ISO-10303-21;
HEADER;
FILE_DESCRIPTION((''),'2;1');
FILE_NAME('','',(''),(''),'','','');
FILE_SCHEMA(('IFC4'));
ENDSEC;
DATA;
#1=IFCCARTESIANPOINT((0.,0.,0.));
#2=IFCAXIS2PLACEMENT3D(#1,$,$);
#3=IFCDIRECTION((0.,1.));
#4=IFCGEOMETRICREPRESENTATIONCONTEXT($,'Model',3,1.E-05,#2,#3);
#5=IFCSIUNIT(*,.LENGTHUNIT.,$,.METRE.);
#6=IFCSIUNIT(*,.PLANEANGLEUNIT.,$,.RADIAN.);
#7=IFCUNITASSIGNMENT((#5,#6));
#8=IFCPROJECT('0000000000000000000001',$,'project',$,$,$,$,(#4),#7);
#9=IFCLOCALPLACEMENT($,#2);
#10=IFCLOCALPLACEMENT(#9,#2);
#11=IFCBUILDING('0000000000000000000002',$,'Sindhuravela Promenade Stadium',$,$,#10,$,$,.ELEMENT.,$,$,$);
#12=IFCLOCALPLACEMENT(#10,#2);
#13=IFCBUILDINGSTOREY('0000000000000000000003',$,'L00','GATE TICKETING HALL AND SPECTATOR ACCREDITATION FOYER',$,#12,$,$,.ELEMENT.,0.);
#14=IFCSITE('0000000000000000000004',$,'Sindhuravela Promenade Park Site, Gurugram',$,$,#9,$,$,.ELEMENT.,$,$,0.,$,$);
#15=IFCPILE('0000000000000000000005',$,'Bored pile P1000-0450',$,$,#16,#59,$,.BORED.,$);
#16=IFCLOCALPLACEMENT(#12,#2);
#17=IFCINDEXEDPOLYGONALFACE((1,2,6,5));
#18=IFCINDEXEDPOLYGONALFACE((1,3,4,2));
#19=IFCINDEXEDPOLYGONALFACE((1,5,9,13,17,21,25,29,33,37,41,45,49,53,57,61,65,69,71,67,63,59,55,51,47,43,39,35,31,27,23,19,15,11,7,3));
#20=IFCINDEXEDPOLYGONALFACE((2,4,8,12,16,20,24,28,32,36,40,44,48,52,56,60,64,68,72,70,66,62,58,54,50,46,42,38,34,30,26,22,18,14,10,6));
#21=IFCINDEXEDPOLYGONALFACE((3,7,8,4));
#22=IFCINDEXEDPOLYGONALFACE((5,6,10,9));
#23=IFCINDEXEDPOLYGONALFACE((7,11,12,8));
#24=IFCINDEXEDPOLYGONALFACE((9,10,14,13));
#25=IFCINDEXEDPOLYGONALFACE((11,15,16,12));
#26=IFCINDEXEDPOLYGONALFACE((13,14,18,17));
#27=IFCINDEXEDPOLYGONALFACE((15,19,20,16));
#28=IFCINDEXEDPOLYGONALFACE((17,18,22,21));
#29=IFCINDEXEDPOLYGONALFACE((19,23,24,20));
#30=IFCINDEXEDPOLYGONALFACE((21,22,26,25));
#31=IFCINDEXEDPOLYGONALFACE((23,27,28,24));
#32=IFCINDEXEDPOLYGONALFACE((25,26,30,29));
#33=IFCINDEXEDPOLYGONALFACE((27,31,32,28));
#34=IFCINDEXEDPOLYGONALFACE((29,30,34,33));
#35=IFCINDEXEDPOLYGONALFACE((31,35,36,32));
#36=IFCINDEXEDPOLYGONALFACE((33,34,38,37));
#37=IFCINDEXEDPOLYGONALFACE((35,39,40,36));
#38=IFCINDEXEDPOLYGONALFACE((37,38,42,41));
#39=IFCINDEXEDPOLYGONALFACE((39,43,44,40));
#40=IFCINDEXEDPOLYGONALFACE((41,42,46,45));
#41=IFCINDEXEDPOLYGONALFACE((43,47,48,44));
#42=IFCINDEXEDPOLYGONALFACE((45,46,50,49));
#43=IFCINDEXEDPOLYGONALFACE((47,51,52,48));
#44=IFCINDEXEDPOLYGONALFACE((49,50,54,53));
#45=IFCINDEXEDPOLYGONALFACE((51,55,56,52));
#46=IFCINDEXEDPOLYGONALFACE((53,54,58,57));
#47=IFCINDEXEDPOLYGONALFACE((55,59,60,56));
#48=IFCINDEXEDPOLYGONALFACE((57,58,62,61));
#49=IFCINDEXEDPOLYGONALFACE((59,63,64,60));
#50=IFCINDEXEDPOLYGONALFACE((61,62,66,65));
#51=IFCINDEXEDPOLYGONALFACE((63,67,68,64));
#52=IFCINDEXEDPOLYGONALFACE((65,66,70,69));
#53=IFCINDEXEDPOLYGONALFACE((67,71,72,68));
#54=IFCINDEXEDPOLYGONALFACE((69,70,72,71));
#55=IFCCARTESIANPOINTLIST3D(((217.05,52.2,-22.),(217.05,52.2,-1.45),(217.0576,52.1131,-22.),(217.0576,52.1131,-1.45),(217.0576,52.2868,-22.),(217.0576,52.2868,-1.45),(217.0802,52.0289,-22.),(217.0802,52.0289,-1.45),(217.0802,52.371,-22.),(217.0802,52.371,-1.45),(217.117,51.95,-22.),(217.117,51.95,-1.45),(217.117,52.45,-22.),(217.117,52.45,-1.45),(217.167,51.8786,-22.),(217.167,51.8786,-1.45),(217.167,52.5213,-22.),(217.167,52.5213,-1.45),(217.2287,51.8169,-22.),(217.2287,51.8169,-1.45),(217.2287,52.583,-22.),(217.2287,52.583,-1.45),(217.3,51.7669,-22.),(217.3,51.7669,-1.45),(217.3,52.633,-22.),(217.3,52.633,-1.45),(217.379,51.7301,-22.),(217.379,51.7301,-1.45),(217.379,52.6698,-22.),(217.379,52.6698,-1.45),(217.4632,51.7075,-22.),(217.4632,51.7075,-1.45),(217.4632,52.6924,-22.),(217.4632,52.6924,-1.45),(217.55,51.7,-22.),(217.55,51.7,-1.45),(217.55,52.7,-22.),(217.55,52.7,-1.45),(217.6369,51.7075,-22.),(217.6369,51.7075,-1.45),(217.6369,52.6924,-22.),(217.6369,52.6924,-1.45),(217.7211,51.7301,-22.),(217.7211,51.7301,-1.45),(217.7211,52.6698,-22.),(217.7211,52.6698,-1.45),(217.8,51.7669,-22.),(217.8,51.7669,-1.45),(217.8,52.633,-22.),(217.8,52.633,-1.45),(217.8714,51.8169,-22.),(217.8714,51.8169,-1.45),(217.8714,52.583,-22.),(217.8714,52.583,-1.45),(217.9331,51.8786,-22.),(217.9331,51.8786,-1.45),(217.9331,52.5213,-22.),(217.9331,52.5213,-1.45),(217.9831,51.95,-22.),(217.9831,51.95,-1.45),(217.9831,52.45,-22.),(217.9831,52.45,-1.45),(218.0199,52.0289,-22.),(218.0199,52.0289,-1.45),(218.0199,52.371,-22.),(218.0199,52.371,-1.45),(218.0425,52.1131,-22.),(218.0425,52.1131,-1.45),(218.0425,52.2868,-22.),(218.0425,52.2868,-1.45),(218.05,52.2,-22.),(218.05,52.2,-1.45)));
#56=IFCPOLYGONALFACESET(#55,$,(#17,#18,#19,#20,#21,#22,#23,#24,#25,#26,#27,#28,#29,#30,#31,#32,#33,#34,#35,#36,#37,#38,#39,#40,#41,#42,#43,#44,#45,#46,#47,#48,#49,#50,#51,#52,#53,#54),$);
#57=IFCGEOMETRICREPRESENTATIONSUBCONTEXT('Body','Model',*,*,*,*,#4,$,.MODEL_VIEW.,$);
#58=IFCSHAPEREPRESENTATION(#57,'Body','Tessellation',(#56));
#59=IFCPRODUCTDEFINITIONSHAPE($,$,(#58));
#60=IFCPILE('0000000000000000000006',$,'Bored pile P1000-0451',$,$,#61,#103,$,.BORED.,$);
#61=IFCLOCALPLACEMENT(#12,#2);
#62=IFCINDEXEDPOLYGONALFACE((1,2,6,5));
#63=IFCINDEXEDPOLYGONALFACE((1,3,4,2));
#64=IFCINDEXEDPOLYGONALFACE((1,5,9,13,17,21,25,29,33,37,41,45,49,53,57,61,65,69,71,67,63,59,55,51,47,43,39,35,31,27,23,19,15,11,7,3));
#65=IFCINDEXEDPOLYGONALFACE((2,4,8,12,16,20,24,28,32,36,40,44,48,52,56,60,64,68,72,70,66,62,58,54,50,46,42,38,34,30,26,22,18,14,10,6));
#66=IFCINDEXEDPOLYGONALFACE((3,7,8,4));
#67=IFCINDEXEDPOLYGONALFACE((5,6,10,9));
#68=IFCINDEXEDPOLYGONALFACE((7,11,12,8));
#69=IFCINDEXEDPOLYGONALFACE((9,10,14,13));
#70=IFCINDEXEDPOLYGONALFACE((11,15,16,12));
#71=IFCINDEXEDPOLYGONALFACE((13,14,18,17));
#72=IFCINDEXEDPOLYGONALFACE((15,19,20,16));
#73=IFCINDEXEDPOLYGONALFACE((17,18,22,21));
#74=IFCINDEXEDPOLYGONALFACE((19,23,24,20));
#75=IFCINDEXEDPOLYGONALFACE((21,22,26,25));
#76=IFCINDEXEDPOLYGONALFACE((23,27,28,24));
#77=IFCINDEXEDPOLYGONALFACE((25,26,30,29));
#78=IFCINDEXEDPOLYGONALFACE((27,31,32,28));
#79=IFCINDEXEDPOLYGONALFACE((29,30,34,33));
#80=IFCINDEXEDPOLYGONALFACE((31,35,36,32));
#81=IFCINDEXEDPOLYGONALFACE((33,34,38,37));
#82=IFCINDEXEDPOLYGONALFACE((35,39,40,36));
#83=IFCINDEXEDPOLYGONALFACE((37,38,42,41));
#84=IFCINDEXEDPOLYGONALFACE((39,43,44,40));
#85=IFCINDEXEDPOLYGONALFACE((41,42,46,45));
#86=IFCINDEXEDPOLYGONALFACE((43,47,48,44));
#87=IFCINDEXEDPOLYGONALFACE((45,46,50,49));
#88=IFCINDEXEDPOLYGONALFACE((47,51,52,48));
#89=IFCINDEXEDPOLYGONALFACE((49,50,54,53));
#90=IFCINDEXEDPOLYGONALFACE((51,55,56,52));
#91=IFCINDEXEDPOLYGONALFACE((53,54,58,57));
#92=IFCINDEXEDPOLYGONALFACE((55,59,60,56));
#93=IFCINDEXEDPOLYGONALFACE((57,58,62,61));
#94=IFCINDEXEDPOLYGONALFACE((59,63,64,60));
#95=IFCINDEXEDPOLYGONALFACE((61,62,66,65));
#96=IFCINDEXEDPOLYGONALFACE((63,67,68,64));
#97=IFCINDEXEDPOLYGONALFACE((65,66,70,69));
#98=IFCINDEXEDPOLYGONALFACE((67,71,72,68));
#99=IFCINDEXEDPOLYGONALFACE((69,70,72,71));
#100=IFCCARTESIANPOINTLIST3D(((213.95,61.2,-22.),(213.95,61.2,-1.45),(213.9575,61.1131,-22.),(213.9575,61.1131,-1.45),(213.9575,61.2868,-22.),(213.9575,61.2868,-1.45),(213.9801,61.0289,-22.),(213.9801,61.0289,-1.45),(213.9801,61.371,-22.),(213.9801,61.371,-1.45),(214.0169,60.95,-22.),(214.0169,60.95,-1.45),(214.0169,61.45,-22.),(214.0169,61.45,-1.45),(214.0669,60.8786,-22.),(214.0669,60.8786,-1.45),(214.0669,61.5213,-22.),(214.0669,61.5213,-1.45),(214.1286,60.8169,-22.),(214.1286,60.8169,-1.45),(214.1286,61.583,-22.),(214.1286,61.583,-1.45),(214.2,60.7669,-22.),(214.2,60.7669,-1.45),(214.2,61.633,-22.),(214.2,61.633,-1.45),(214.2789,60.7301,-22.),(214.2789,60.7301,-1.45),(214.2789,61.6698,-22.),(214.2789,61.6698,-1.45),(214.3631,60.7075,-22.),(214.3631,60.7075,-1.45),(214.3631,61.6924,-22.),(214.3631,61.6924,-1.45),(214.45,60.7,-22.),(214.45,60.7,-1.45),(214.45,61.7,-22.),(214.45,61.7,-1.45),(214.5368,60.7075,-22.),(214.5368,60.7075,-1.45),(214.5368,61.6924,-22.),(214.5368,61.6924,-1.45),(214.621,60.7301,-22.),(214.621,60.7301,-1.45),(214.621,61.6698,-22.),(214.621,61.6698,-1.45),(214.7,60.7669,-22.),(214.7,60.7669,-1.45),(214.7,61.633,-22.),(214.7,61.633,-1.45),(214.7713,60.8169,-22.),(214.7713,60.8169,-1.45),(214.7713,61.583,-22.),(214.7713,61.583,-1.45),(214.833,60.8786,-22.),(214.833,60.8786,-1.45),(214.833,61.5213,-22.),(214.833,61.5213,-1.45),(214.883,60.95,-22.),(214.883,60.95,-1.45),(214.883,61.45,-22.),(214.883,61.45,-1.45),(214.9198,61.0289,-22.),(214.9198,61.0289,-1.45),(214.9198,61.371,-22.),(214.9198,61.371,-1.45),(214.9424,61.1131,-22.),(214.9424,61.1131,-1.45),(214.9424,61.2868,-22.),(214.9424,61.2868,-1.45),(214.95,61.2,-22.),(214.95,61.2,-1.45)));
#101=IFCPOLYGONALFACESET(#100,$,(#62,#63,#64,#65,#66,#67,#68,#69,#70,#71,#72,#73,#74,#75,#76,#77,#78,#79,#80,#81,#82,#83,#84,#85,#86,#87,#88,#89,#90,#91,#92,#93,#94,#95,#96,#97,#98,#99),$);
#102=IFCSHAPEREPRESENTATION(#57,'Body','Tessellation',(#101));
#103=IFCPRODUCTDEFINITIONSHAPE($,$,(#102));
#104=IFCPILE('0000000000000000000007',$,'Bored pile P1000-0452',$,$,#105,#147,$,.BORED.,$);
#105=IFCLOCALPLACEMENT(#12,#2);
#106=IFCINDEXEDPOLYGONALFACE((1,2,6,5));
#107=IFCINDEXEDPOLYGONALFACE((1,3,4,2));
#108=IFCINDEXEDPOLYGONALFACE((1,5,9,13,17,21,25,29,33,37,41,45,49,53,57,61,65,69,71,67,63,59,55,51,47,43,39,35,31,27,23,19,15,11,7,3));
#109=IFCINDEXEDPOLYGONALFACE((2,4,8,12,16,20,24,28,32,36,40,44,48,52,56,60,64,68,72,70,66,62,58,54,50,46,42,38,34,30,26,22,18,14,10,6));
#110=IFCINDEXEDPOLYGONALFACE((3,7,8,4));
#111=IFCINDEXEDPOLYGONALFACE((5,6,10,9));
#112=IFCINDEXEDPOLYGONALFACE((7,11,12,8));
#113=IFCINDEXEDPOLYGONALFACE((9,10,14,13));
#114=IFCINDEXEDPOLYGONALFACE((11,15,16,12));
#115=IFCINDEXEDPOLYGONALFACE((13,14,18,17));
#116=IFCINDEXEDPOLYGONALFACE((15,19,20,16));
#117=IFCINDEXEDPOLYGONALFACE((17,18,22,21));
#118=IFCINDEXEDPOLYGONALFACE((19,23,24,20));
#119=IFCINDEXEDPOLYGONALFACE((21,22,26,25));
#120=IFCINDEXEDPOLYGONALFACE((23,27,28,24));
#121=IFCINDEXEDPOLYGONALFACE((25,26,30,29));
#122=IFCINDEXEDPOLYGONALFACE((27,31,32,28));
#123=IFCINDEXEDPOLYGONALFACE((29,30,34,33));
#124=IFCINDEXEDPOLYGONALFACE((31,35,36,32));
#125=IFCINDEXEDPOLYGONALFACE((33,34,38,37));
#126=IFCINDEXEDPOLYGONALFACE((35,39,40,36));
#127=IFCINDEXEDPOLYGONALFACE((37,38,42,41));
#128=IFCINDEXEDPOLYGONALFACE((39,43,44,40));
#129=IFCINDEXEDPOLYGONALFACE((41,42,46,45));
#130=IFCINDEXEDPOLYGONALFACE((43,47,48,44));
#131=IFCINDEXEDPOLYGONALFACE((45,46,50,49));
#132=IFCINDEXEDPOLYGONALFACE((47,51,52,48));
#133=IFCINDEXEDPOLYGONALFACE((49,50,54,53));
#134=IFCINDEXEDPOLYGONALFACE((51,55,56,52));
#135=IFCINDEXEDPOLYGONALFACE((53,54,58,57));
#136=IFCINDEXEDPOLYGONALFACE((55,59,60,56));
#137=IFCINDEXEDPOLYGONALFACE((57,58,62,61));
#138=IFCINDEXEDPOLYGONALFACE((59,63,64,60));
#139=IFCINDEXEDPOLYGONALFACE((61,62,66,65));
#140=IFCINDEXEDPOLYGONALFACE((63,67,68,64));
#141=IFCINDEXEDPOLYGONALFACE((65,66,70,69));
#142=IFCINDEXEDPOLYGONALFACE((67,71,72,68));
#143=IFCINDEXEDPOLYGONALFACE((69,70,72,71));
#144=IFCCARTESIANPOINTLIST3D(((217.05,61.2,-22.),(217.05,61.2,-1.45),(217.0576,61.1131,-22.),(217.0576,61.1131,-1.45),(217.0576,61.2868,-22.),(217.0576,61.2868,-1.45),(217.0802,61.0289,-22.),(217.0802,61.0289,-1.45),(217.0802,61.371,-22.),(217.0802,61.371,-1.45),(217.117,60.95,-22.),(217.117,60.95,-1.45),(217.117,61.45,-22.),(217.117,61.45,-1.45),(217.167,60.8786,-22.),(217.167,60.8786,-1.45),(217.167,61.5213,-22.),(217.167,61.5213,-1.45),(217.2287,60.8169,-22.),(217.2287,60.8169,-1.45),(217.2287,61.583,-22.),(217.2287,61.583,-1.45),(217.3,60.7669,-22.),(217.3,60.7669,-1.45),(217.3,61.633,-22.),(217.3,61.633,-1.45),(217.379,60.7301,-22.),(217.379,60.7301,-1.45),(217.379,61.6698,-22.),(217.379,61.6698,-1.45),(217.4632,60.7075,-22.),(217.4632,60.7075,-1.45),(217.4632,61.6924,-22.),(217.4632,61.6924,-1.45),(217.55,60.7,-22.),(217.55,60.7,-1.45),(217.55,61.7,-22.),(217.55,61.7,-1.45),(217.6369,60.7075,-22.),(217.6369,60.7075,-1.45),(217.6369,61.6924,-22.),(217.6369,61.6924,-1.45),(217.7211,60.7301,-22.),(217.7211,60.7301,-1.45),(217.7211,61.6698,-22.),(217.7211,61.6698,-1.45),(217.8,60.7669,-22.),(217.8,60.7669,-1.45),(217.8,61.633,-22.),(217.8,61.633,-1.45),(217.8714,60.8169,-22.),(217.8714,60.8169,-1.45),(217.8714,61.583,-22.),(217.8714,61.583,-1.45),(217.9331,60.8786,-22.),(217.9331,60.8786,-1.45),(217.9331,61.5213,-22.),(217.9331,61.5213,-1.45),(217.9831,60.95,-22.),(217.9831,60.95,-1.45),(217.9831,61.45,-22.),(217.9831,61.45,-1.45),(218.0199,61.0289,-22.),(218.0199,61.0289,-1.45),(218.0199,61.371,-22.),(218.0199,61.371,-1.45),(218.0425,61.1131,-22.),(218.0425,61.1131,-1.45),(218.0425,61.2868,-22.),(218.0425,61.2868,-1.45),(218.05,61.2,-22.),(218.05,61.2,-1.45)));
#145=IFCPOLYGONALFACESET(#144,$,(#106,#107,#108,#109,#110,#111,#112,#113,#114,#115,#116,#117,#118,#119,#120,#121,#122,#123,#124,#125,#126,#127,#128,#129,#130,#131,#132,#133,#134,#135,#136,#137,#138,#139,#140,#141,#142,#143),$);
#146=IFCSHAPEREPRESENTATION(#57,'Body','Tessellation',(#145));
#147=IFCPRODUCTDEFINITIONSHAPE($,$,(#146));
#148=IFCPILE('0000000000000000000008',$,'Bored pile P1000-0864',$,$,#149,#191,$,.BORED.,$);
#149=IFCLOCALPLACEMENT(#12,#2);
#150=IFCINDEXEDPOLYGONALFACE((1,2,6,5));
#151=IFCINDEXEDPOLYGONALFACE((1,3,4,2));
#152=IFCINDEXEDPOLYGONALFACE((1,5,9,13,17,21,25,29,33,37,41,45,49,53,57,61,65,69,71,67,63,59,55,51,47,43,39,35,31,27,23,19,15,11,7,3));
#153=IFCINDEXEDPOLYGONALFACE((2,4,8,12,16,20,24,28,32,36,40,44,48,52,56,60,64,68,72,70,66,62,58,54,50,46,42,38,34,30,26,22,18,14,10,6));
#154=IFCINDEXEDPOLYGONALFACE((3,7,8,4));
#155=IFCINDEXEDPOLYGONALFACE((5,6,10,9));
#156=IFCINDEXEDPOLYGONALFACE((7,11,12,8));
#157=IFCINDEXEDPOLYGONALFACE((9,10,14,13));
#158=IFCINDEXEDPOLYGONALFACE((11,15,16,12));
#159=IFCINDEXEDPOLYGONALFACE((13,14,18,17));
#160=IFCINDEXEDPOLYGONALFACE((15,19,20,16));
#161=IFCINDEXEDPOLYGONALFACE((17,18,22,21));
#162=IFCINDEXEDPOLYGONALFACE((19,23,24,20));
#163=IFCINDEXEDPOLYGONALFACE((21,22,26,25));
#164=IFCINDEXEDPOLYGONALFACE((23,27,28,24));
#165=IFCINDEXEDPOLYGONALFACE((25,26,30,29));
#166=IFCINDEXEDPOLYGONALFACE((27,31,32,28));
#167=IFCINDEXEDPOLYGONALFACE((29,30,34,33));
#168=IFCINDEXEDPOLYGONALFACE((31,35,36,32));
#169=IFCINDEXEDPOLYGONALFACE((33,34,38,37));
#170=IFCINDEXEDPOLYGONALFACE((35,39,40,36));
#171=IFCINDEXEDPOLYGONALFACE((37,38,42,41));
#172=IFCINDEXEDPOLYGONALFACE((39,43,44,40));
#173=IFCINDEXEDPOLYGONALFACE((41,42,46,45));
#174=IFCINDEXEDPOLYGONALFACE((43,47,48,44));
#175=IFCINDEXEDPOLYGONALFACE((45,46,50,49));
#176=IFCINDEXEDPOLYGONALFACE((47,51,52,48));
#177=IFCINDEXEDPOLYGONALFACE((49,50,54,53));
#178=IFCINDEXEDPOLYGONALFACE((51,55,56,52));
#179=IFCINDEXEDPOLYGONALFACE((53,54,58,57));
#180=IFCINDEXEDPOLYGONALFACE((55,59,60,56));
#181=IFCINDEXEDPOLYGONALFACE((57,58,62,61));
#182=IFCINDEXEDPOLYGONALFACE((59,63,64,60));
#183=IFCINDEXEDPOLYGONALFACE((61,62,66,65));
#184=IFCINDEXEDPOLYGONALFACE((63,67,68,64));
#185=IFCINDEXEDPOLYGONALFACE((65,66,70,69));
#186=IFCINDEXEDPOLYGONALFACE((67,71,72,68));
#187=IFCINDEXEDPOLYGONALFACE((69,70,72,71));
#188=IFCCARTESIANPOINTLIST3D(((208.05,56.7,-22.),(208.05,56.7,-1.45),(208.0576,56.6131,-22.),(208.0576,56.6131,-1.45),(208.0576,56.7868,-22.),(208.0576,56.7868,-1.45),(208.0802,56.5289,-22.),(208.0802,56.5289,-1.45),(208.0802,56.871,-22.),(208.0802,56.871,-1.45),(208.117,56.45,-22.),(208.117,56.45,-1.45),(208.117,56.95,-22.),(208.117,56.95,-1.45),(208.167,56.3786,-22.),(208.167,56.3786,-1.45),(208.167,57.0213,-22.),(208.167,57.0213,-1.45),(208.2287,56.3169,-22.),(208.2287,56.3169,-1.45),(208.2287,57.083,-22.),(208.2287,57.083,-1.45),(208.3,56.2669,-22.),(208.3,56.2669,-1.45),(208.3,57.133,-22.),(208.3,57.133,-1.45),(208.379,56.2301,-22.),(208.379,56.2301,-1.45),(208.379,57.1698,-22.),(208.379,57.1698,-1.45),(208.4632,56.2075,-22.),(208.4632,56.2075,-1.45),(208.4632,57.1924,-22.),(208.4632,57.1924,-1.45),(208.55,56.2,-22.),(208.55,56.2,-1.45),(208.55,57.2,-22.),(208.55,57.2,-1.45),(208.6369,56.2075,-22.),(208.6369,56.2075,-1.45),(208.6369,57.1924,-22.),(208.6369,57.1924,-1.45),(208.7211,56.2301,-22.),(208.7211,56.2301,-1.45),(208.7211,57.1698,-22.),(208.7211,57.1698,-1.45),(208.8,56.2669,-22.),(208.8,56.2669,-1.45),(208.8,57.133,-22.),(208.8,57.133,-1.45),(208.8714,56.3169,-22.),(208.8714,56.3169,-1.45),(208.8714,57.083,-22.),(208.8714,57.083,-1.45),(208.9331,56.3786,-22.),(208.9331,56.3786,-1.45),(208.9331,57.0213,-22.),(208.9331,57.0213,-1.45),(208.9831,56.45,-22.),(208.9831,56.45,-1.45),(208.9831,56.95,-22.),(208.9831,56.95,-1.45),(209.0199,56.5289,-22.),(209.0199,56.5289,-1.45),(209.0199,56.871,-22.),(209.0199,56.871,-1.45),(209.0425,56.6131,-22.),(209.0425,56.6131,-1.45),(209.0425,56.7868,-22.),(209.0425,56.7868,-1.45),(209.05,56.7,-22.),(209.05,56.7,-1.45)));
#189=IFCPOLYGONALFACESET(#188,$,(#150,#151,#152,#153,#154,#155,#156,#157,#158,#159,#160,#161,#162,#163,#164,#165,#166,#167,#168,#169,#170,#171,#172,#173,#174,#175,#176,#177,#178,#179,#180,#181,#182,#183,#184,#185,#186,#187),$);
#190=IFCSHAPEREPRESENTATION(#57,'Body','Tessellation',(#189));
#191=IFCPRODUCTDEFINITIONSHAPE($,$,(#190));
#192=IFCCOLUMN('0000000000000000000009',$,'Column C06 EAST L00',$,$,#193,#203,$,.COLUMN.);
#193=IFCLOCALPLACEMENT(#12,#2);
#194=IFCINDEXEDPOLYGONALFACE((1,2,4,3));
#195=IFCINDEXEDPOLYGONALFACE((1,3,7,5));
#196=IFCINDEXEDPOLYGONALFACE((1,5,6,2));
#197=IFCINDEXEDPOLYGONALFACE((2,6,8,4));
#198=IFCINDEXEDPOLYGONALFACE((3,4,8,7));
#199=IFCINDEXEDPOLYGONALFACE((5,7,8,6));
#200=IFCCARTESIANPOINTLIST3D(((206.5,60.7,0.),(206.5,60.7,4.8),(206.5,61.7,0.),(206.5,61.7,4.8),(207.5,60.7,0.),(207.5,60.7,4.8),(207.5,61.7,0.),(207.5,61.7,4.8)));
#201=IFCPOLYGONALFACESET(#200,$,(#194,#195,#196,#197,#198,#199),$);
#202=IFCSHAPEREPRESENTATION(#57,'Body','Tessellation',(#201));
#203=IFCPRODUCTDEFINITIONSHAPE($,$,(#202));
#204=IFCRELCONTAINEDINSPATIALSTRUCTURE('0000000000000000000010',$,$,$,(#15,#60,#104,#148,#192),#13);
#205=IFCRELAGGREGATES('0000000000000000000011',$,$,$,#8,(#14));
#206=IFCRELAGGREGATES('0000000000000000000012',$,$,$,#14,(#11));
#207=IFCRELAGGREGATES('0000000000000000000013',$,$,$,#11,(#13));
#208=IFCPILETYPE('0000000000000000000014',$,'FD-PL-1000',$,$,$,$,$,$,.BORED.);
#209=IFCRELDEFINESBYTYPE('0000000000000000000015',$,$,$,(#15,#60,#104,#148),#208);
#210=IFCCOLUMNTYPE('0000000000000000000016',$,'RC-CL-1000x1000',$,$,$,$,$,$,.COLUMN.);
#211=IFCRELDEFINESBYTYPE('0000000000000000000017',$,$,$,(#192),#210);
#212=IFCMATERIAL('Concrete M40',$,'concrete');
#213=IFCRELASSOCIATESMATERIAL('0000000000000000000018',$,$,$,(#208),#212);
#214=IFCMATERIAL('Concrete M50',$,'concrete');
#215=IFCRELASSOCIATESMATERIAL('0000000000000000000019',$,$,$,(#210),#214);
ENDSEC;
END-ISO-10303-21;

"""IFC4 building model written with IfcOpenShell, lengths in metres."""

from ifc_helpers import new_model, si_unit, direction, frame, origin, origin_2d, place, context, subcontext, project, spatial, rectangle, circle, extrude, material, material_profile, profile_set, type_object, element, save


model = new_model("IFC4")

# Units and contexts
model_context = context("Model", 3, precision=1e-05, world=origin(), true_north=direction((0.0, 1.0)))
body_context = subcontext(model_context, "Body", "Model", "MODEL_VIEW")
ifc_project = project(units=[si_unit("LENGTHUNIT", "METRE"), si_unit("PLANEANGLEUNIT", "RADIAN")], contexts=[model_context])

# Site, building, storey
site_placement = place(None, origin())
site = spatial("IfcSite", under=ifc_project, at=site_placement, Name="Sindhuravela Promenade Park Site, Gurugram", CompositionType="ELEMENT", RefElevation=0.0)
building_placement = place(site_placement, origin())
building = spatial("IfcBuilding", under=site, at=building_placement, Name="Sindhuravela Promenade Stadium", CompositionType="ELEMENT")
storey_placement = place(building_placement, origin())
storey = spatial("IfcBuildingStorey", under=building, at=storey_placement, Name="L00", Description="GATE TICKETING HALL AND SPECTATOR ACCREDITATION FOYER", CompositionType="ELEMENT", Elevation=0.0)

# Shared definitions
ifc_material_1 = material(Name="Concrete M50", Category="concrete")

# Piles
ifc_material_2 = material(Name="Concrete M40", Category="concrete")
ifc_material_profile_1 = material_profile(ifc_material_2, circle(Radius=0.5, at=origin_2d()), Name="BORED PILE D1000")
ifc_profile_set_1 = profile_set([ifc_material_profile_1], Name="Concrete M40")
pile_type = type_object("IfcPileType", Name="FD-PL-1000", PredefinedType="BORED", material=ifc_profile_set_1)
for number, where, z_axis, x_axis, name in (
    (1, (217.55, 52.2, -1.45), (0.0, 0.0, -1.0), (1.0, 0.0, 0.0), "Bored pile P1000-0450"),
    (2, (214.45, 61.2, -1.45), (0.0, 0.0, -1.0), (1.0, 0.0, 0.0), "Bored pile P1000-0451"),
    (3, (217.55, 61.2, -1.45), (0.0, 0.0, -1.0), (1.0, 0.0, 0.0), "Bored pile P1000-0452"),
    (4, (208.55, 56.7, -1.45), (0.0, 0.0, -1.0), (1.0, 0.0, 0.0), "Bored pile P1000-0864"),
):
    element("IfcPile", number, at=place(storey_placement, frame(where, z_axis=z_axis, x_axis=x_axis)), inside=storey, type_object=pile_type, Name=name, PredefinedType="BORED", context=body_context, shape_type="SweptSolid", body=[
        extrude(circle(Radius=0.5, at=origin_2d()), origin(), (0.0, 0.0, 1.0), 20.55),
    ])

# Column
ifc_material_profile_2 = material_profile(ifc_material_1, rectangle(XDim=1.0, YDim=1.0, at=origin_2d()), Name="RC 1000x1000")
ifc_profile_set_2 = profile_set([ifc_material_profile_2], Name="Concrete M50")
column_type_1 = type_object("IfcColumnType", Name="RC-CL-1000x1000", PredefinedType="COLUMN", material=ifc_profile_set_2)
column_1_placement = place(storey_placement, frame((207.0, 61.2, 0.0), z_axis=(0.0, 0.0, 1.0), x_axis=(1.0, 0.0, 0.0)))
element("IfcColumn", 5, at=column_1_placement, inside=storey, type_object=column_type_1, Name="Column C06 EAST L00", PredefinedType="COLUMN", context=body_context, shape_type="SweptSolid", body=[
    extrude(rectangle(XDim=1.0, YDim=1.0, at=origin_2d()), origin(), (0.0, 0.0, 1.0), 4.8),
])

save(model, "model.ifc")
